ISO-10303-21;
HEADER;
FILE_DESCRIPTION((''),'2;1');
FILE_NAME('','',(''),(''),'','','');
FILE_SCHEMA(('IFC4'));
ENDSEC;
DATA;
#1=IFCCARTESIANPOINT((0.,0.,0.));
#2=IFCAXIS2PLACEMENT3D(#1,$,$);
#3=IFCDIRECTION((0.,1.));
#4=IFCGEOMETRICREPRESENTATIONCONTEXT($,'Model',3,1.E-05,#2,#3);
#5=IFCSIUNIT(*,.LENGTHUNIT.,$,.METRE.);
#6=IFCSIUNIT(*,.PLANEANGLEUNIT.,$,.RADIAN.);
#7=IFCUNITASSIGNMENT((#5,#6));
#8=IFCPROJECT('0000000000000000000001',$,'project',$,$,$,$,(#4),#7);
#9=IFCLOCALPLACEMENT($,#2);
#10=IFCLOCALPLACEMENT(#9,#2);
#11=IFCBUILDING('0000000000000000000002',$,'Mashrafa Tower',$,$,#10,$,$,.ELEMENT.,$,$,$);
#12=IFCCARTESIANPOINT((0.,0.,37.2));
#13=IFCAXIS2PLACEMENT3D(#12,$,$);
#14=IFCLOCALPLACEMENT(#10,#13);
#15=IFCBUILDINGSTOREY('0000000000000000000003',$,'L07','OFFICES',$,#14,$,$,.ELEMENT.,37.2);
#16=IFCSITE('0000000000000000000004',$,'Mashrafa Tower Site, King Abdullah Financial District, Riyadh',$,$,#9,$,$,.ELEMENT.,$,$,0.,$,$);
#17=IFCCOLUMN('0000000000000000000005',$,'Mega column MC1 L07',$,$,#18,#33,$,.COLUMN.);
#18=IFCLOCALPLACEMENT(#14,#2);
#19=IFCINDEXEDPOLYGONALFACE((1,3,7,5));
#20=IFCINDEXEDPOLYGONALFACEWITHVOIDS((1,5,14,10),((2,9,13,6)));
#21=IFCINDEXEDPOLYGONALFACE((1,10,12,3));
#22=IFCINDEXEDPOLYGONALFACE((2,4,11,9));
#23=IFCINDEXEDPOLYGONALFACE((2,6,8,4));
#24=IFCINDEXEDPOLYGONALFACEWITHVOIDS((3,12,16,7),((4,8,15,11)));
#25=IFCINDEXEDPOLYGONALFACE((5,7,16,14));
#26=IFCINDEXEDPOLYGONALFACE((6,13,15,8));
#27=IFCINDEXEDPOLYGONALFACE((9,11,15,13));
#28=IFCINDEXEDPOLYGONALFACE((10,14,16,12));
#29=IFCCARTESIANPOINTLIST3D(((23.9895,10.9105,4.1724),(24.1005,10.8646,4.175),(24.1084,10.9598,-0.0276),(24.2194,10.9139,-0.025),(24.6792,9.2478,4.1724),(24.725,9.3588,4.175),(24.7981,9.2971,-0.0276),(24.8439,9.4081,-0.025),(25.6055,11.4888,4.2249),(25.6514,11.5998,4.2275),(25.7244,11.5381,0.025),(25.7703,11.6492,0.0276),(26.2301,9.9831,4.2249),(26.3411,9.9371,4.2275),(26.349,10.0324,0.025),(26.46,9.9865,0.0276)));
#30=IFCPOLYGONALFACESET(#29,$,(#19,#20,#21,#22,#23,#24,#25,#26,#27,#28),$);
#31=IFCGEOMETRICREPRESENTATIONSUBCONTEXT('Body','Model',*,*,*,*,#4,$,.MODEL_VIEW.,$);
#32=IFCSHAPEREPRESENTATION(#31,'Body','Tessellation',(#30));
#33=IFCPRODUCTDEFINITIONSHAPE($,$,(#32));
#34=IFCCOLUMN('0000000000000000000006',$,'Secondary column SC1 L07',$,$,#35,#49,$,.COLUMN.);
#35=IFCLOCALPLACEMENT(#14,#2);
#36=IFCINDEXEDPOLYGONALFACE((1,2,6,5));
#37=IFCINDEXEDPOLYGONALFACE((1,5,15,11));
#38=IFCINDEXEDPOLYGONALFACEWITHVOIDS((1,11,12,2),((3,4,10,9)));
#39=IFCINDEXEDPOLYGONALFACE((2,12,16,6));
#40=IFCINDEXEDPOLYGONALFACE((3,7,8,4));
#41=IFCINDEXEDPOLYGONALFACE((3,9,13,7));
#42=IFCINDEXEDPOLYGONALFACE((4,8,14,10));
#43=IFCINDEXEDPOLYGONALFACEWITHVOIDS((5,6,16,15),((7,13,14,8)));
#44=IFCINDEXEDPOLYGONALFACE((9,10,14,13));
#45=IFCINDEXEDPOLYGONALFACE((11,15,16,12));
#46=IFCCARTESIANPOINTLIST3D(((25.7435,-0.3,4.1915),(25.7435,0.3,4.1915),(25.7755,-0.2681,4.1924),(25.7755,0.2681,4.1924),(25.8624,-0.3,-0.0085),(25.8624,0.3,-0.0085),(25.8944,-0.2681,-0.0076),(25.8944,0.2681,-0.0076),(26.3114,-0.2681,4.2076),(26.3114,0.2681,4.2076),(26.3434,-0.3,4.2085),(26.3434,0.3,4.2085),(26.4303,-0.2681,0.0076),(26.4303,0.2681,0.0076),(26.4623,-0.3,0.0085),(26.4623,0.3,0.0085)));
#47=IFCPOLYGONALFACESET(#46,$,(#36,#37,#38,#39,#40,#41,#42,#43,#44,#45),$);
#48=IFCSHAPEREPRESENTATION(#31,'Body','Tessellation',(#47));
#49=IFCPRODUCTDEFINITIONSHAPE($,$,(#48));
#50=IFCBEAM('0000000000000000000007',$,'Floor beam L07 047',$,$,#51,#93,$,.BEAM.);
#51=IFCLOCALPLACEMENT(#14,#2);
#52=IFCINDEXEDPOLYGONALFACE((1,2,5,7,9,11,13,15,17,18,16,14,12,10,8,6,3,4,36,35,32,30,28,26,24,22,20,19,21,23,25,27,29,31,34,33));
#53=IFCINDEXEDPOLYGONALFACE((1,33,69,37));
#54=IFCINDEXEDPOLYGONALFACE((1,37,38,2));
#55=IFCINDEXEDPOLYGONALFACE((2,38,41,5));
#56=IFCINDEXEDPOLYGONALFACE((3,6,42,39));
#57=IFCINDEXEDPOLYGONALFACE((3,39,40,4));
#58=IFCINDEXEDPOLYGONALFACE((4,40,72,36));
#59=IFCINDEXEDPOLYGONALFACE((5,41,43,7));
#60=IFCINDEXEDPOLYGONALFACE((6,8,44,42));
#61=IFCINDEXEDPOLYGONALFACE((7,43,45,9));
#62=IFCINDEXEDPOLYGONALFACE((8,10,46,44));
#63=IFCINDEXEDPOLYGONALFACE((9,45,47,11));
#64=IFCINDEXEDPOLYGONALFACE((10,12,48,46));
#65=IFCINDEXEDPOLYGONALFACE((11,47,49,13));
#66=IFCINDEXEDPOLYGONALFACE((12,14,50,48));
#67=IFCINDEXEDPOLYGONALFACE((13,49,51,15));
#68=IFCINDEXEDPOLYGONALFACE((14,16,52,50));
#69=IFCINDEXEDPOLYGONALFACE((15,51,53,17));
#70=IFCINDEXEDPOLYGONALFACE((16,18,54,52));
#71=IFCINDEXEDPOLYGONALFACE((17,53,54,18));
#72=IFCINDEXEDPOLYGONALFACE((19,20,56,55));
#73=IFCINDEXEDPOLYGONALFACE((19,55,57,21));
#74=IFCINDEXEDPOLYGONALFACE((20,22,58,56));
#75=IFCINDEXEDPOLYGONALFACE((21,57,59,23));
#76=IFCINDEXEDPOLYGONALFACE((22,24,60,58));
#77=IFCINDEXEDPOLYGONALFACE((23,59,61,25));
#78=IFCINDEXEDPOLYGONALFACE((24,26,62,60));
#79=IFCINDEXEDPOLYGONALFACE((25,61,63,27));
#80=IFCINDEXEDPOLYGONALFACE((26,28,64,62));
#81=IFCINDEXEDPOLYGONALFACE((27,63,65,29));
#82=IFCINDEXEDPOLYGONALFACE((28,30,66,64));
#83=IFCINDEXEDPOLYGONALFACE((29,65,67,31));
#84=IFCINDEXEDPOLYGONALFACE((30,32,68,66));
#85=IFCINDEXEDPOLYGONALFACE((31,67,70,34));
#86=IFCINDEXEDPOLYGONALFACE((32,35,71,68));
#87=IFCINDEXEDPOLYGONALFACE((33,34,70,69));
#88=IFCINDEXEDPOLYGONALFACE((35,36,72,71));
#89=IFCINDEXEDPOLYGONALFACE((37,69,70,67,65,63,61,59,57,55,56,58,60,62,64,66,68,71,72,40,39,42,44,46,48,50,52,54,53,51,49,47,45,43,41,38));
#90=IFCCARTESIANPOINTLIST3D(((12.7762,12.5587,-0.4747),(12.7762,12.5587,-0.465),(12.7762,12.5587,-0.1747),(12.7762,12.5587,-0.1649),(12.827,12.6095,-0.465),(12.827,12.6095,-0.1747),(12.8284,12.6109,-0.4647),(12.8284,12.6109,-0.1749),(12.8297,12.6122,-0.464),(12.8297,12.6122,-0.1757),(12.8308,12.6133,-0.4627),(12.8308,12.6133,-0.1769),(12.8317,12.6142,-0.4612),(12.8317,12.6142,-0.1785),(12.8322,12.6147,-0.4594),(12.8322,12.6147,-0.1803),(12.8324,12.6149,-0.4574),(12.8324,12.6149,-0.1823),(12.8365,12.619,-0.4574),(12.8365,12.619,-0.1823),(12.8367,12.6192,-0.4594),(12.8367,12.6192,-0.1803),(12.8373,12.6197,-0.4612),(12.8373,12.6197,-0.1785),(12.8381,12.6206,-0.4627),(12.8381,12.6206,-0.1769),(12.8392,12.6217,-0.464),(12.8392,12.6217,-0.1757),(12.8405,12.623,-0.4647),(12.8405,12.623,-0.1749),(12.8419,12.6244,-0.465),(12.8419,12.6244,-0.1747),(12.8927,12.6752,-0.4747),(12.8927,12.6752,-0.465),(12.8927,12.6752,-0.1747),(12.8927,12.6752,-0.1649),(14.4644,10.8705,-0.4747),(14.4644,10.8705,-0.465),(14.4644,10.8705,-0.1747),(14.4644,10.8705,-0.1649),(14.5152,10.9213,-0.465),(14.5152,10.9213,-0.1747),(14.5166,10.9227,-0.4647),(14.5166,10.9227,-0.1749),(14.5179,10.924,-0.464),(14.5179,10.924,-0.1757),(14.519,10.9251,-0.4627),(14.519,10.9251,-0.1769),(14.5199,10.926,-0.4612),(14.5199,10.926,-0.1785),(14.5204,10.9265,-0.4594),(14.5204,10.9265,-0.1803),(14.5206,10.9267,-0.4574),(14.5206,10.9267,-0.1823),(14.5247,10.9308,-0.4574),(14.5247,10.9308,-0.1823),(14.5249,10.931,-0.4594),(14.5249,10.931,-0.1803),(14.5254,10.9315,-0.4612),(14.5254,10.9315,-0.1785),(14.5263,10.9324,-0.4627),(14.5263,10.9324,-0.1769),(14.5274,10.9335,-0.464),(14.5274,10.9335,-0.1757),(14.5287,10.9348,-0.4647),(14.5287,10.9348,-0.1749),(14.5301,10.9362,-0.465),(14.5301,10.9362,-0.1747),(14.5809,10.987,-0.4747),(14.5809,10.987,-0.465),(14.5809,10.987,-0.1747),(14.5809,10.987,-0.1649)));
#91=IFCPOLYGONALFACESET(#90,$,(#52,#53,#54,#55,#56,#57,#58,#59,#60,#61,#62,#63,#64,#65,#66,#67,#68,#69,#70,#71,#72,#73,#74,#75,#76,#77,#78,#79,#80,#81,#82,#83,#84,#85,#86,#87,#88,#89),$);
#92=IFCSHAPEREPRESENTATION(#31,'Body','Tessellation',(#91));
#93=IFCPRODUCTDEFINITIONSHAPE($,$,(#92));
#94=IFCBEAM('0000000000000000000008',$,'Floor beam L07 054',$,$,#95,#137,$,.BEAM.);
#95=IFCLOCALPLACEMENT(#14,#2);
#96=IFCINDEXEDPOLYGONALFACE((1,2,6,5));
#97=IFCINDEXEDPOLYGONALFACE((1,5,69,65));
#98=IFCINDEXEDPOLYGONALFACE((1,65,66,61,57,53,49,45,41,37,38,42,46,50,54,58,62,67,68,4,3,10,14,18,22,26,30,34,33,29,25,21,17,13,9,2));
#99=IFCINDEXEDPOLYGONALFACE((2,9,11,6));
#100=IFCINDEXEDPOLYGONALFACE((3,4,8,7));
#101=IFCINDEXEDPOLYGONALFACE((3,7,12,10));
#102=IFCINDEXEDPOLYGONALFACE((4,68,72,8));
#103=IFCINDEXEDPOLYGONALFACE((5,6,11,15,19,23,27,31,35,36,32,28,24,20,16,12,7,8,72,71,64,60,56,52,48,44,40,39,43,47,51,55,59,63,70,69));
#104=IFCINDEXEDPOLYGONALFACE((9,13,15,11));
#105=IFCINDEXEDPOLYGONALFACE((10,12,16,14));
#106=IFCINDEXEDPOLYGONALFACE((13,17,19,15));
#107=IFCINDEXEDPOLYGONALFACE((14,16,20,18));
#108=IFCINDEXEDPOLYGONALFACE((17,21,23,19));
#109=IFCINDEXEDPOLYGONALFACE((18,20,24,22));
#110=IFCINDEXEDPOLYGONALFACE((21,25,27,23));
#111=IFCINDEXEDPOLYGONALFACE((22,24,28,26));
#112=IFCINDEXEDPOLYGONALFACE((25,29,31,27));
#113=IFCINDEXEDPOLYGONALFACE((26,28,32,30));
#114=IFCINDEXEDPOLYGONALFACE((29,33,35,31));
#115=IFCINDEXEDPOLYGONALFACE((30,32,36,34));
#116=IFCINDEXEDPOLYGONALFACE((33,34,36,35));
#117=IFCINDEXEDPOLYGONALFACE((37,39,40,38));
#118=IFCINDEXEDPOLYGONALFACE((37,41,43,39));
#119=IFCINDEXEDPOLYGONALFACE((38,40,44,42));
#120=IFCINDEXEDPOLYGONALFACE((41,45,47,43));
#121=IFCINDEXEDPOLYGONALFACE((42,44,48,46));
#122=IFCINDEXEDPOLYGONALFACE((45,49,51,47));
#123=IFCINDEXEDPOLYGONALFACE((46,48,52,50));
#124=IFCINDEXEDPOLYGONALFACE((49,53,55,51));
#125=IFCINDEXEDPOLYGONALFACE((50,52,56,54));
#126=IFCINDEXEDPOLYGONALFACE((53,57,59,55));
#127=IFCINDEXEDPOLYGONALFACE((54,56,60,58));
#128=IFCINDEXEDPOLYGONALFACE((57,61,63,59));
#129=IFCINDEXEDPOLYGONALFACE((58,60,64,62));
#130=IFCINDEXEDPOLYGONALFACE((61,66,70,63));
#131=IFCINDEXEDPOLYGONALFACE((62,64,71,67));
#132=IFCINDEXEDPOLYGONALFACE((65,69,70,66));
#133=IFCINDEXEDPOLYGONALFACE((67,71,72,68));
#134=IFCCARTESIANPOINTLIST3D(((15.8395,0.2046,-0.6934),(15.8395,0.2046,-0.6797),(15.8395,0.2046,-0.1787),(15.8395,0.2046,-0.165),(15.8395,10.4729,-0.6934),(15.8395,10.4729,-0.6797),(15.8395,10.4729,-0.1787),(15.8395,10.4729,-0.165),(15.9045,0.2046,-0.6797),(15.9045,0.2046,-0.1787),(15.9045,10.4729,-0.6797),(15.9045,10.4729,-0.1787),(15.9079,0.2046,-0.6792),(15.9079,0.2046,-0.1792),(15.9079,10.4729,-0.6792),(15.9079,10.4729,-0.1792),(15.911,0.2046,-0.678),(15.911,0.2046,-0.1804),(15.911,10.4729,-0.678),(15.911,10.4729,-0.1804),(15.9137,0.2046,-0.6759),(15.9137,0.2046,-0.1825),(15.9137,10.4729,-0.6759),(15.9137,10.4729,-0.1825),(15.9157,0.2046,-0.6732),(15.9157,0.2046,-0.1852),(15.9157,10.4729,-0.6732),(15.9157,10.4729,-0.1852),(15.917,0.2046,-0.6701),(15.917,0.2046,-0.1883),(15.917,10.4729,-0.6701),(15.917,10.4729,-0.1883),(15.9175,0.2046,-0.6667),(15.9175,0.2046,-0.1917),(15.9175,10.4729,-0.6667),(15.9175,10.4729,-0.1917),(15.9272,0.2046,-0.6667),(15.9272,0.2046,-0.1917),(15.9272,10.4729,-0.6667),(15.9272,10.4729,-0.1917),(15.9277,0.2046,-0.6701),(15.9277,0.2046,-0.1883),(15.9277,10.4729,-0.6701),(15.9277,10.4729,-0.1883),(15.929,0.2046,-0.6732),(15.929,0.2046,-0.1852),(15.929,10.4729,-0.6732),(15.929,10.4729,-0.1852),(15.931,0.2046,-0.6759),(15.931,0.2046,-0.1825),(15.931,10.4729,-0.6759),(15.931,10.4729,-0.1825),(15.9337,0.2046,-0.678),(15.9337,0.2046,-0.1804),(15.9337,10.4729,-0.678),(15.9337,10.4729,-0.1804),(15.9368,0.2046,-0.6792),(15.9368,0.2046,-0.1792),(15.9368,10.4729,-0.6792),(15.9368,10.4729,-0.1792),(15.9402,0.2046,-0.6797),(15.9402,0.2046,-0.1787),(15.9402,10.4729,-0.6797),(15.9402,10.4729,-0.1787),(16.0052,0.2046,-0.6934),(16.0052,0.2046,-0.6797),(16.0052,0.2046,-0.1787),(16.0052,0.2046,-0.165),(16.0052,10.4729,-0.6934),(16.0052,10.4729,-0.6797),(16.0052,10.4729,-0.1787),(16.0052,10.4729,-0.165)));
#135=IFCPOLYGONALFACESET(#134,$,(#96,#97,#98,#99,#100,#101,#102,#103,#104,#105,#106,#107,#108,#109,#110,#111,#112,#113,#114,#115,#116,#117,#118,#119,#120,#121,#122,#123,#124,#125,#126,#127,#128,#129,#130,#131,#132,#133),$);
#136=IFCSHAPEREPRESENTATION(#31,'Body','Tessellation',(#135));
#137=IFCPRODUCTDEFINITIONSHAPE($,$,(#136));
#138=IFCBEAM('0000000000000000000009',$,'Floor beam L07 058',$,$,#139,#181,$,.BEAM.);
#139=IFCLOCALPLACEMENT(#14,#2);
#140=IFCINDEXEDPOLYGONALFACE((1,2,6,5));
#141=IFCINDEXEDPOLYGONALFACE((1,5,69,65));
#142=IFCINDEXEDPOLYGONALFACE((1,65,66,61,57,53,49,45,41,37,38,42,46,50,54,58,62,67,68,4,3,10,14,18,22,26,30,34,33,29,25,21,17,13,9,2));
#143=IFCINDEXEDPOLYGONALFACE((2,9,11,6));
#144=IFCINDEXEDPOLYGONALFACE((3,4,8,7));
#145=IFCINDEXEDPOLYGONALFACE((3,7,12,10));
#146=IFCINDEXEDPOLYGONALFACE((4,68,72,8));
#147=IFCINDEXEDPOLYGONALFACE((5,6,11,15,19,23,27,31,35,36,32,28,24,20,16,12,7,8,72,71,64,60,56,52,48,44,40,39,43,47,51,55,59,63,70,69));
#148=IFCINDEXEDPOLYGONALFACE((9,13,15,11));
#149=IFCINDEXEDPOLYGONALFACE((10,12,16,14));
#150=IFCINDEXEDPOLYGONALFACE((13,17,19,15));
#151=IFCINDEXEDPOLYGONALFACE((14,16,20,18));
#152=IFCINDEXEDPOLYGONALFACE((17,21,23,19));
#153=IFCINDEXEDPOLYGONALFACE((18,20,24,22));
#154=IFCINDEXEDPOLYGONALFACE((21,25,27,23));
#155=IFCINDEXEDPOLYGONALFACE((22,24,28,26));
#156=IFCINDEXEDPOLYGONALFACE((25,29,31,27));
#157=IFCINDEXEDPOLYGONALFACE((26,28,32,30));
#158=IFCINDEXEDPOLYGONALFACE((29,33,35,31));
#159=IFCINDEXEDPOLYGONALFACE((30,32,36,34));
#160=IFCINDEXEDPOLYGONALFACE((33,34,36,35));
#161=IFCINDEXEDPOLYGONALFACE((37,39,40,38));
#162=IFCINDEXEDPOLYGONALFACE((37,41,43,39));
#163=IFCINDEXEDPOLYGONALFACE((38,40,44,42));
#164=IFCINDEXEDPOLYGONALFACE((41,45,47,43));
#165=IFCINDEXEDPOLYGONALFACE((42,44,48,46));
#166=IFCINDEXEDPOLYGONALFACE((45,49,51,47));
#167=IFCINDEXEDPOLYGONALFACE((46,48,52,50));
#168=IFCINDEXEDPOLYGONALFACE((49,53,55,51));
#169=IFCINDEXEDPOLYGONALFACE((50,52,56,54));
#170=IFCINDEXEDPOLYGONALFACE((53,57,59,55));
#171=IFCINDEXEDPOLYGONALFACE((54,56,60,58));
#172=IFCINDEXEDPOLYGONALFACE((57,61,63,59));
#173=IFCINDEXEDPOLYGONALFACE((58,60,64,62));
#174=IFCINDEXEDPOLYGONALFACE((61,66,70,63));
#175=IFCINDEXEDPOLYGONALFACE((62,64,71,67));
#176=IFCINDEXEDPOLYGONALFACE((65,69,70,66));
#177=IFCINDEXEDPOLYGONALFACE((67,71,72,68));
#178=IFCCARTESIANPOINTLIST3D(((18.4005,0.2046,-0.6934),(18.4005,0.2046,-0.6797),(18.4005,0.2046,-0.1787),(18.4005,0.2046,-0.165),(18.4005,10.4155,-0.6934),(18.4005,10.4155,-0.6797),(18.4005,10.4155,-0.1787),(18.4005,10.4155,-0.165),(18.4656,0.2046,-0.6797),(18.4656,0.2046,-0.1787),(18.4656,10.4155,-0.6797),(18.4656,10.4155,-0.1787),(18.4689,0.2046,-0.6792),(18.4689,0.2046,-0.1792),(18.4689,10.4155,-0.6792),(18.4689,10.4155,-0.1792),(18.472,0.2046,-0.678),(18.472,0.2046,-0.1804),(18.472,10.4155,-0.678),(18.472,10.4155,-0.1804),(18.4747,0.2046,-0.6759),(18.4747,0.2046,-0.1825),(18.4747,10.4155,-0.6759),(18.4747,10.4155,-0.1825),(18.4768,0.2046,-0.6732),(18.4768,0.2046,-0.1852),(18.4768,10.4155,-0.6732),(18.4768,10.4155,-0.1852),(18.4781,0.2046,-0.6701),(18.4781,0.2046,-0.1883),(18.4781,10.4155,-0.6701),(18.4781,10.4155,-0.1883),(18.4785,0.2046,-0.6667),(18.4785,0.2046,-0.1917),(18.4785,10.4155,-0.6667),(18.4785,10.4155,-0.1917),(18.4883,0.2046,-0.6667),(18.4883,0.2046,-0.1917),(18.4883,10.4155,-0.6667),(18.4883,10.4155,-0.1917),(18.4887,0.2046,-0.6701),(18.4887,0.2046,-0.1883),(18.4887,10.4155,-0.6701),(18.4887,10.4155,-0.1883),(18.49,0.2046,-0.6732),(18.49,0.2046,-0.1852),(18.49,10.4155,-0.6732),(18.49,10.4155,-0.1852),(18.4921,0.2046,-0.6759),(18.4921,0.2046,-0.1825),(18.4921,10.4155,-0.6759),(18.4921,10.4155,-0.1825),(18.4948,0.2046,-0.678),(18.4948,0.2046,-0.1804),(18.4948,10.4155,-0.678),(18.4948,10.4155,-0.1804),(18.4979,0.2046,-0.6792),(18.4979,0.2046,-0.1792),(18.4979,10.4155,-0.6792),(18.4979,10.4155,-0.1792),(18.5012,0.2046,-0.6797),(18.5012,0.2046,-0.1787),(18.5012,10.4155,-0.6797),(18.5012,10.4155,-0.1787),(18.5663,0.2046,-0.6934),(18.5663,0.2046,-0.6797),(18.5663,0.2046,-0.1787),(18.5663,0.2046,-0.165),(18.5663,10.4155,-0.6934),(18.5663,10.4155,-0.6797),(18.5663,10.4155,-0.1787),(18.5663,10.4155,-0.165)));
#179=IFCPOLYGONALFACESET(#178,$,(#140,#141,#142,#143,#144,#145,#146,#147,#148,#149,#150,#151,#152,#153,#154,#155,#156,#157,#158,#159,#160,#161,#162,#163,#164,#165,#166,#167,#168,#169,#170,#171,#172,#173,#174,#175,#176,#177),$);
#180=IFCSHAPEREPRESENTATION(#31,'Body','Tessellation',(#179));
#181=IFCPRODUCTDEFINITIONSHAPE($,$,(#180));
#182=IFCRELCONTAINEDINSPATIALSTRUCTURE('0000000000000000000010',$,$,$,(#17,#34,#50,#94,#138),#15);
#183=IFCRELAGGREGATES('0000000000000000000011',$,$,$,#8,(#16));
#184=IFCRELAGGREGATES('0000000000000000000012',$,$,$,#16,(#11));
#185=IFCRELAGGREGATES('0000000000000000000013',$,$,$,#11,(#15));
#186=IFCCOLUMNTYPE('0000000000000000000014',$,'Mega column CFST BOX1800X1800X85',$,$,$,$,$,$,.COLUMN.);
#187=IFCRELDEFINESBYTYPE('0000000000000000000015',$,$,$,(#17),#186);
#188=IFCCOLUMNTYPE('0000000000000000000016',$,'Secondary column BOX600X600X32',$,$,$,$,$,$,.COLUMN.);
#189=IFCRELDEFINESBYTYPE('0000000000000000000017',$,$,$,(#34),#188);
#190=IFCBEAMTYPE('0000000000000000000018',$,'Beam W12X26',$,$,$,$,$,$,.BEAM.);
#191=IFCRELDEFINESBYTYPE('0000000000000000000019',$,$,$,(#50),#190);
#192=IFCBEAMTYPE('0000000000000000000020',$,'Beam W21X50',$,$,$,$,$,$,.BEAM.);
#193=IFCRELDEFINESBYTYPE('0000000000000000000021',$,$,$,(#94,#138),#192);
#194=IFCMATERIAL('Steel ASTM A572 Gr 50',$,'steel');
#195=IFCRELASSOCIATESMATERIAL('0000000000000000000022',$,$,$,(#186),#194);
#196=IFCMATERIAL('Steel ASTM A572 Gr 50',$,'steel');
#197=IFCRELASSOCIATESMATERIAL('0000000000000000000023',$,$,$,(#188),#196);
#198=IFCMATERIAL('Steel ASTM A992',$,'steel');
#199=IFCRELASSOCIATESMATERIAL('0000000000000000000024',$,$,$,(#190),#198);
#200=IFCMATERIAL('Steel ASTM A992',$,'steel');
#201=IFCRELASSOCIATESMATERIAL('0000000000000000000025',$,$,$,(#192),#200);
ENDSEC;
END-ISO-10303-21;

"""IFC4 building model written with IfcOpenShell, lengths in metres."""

from ifc_helpers import new_model, si_unit, direction, frame, origin, origin_2d, place, context, subcontext, project, spatial, hollow_rectangle, i_section, extrude, material, material_profile, profile_set, type_object, element, save


model = new_model("IFC4")

# Units and contexts
model_context = context("Model", 3, precision=1e-05, world=origin(), true_north=direction((0.0, 1.0)))
body_context = subcontext(model_context, "Body", "Model", "MODEL_VIEW")
ifc_project = project(units=[si_unit("LENGTHUNIT", "METRE"), si_unit("PLANEANGLEUNIT", "RADIAN")], contexts=[model_context])

# Site, building, storey
site_placement = place(None, origin())
site = spatial("IfcSite", under=ifc_project, at=site_placement, Name="Mashrafa Tower Site, King Abdullah Financial District, Riyadh", CompositionType="ELEMENT", RefElevation=0.0)
building_placement = place(site_placement, origin())
building = spatial("IfcBuilding", under=site, at=building_placement, Name="Mashrafa Tower", CompositionType="ELEMENT")
storey_placement = place(building_placement, frame((0.0, 0.0, 37.2)))
storey = spatial("IfcBuildingStorey", under=building, at=storey_placement, Name="L07", Description="OFFICES", CompositionType="ELEMENT", Elevation=37.2)

# Columns
ifc_material_1 = material(Name="Steel ASTM A572 Gr 50", Category="steel")
ifc_material_profile_1 = material_profile(ifc_material_1, hollow_rectangle(XDim=1.8, YDim=1.8, WallThickness=0.085, at=origin_2d()), Name="BOX1800X1800X85")
ifc_profile_set_1 = profile_set([ifc_material_profile_1], Name="Steel ASTM A572 Gr 50")
column_type_1 = type_object("IfcColumnType", Name="Mega column CFST BOX1800X1800X85", PredefinedType="COLUMN", material=ifc_profile_set_1)
column_1_placement = place(storey_placement, frame((25.2842, 10.4731, 0.0), z_axis=(-0.028296, -0.011737, 0.999531), x_axis=(0.383133, -0.923693, 0.0)))
element("IfcColumn", 1, at=column_1_placement, inside=storey, type_object=column_type_1, Name="Mega column MC1 L07", PredefinedType="COLUMN", context=body_context, shape_type="SweptSolid", body=[
    extrude(hollow_rectangle(XDim=1.8, YDim=1.8, WallThickness=0.085, at=origin_2d()), origin(), (0.0, 0.0, 1.0), 4.2019),
])
ifc_material_2 = material(Name="Steel ASTM A572 Gr 50", Category="steel")
ifc_material_profile_2 = material_profile(ifc_material_2, hollow_rectangle(XDim=0.6001, YDim=0.6001, WallThickness=0.032, at=origin_2d()), Name="BOX600X600X32")
ifc_profile_set_2 = profile_set([ifc_material_profile_2], Name="Steel ASTM A572 Gr 50")
column_type_2 = type_object("IfcColumnType", Name="Secondary column BOX600X600X32", PredefinedType="COLUMN", material=ifc_profile_set_2)
column_2_placement = place(storey_placement, frame((26.1624, 0.0, 0.0), z_axis=(-0.028298, 0.0, 0.9996), x_axis=(0.0, -1.0, 0.0)))
element("IfcColumn", 2, at=column_2_placement, inside=storey, type_object=column_type_2, Name="Secondary column SC1 L07", PredefinedType="COLUMN", context=body_context, shape_type="SweptSolid", body=[
    extrude(hollow_rectangle(XDim=0.6001, YDim=0.6001, WallThickness=0.032, at=origin_2d()), origin(), (0.0, 0.0, 1.0), 4.2017),
])

# Beams
ifc_material_3 = material(Name="Steel ASTM A992", Category="steel")
ifc_material_profile_3 = material_profile(ifc_material_3, i_section(OverallWidth=0.1648, OverallDepth=0.3098, WebThickness=0.0059, FlangeThickness=0.0098, FilletRadius=0.0076, at=origin_2d()), Name="W12X26")
ifc_profile_set_3 = profile_set([ifc_material_profile_3], Name="Steel ASTM A992")
beam_type_1 = type_object("IfcBeamType", Name="Beam W12X26", PredefinedType="BEAM", material=ifc_profile_set_3)
beam_1_placement = place(storey_placement, frame((12.8345, 12.6169, -0.3198), z_axis=(0.707107, -0.707107, 0.0), x_axis=(0.707107, 0.707107, 0.0)))
element("IfcBeam", 3, at=beam_1_placement, inside=storey, type_object=beam_type_1, Name="Floor beam L07 047", PredefinedType="BEAM", context=body_context, shape_type="SweptSolid", body=[
    extrude(i_section(OverallWidth=0.1648, OverallDepth=0.3098, WebThickness=0.0059, FlangeThickness=0.0098, FilletRadius=0.0076, at=origin_2d()), origin(), (0.0, 0.0, 1.0), 2.3875),
])
ifc_material_4 = material(Name="Steel ASTM A992", Category="steel")
ifc_material_profile_4 = material_profile(ifc_material_4, i_section(OverallWidth=0.1658, OverallDepth=0.5283, WebThickness=0.0098, FlangeThickness=0.0137, FilletRadius=0.0129, at=origin_2d()), Name="W21X50")
ifc_profile_set_4 = profile_set([ifc_material_profile_4], Name="Steel ASTM A992")
beam_type_2 = type_object("IfcBeamType", Name="Beam W21X50", PredefinedType="BEAM", material=ifc_profile_set_4)
beam_2_placement = place(storey_placement, frame((15.9224, 10.4729, -0.4292), z_axis=(0.0, -1.0, 0.0), x_axis=(1.0, 0.0, 0.0)))
element("IfcBeam", 4, at=beam_2_placement, inside=storey, type_object=beam_type_2, Name="Floor beam L07 054", PredefinedType="BEAM", context=body_context, shape_type="SweptSolid", body=[
    extrude(i_section(OverallWidth=0.1658, OverallDepth=0.5283, WebThickness=0.0098, FlangeThickness=0.0137, FilletRadius=0.0129, at=origin_2d()), origin(), (0.0, 0.0, 1.0), 10.2683),
])
beam_3_placement = place(storey_placement, frame((18.4834, 10.4155, -0.4292), z_axis=(0.0, -1.0, 0.0), x_axis=(1.0, 0.0, 0.0)))
element("IfcBeam", 5, at=beam_3_placement, inside=storey, type_object=beam_type_2, Name="Floor beam L07 058", PredefinedType="BEAM", context=body_context, shape_type="SweptSolid", body=[
    extrude(i_section(OverallWidth=0.1658, OverallDepth=0.5283, WebThickness=0.0098, FlangeThickness=0.0137, FilletRadius=0.0129, at=origin_2d()), origin(), (0.0, 0.0, 1.0), 10.2109),
])

save(model, "model.ifc")
